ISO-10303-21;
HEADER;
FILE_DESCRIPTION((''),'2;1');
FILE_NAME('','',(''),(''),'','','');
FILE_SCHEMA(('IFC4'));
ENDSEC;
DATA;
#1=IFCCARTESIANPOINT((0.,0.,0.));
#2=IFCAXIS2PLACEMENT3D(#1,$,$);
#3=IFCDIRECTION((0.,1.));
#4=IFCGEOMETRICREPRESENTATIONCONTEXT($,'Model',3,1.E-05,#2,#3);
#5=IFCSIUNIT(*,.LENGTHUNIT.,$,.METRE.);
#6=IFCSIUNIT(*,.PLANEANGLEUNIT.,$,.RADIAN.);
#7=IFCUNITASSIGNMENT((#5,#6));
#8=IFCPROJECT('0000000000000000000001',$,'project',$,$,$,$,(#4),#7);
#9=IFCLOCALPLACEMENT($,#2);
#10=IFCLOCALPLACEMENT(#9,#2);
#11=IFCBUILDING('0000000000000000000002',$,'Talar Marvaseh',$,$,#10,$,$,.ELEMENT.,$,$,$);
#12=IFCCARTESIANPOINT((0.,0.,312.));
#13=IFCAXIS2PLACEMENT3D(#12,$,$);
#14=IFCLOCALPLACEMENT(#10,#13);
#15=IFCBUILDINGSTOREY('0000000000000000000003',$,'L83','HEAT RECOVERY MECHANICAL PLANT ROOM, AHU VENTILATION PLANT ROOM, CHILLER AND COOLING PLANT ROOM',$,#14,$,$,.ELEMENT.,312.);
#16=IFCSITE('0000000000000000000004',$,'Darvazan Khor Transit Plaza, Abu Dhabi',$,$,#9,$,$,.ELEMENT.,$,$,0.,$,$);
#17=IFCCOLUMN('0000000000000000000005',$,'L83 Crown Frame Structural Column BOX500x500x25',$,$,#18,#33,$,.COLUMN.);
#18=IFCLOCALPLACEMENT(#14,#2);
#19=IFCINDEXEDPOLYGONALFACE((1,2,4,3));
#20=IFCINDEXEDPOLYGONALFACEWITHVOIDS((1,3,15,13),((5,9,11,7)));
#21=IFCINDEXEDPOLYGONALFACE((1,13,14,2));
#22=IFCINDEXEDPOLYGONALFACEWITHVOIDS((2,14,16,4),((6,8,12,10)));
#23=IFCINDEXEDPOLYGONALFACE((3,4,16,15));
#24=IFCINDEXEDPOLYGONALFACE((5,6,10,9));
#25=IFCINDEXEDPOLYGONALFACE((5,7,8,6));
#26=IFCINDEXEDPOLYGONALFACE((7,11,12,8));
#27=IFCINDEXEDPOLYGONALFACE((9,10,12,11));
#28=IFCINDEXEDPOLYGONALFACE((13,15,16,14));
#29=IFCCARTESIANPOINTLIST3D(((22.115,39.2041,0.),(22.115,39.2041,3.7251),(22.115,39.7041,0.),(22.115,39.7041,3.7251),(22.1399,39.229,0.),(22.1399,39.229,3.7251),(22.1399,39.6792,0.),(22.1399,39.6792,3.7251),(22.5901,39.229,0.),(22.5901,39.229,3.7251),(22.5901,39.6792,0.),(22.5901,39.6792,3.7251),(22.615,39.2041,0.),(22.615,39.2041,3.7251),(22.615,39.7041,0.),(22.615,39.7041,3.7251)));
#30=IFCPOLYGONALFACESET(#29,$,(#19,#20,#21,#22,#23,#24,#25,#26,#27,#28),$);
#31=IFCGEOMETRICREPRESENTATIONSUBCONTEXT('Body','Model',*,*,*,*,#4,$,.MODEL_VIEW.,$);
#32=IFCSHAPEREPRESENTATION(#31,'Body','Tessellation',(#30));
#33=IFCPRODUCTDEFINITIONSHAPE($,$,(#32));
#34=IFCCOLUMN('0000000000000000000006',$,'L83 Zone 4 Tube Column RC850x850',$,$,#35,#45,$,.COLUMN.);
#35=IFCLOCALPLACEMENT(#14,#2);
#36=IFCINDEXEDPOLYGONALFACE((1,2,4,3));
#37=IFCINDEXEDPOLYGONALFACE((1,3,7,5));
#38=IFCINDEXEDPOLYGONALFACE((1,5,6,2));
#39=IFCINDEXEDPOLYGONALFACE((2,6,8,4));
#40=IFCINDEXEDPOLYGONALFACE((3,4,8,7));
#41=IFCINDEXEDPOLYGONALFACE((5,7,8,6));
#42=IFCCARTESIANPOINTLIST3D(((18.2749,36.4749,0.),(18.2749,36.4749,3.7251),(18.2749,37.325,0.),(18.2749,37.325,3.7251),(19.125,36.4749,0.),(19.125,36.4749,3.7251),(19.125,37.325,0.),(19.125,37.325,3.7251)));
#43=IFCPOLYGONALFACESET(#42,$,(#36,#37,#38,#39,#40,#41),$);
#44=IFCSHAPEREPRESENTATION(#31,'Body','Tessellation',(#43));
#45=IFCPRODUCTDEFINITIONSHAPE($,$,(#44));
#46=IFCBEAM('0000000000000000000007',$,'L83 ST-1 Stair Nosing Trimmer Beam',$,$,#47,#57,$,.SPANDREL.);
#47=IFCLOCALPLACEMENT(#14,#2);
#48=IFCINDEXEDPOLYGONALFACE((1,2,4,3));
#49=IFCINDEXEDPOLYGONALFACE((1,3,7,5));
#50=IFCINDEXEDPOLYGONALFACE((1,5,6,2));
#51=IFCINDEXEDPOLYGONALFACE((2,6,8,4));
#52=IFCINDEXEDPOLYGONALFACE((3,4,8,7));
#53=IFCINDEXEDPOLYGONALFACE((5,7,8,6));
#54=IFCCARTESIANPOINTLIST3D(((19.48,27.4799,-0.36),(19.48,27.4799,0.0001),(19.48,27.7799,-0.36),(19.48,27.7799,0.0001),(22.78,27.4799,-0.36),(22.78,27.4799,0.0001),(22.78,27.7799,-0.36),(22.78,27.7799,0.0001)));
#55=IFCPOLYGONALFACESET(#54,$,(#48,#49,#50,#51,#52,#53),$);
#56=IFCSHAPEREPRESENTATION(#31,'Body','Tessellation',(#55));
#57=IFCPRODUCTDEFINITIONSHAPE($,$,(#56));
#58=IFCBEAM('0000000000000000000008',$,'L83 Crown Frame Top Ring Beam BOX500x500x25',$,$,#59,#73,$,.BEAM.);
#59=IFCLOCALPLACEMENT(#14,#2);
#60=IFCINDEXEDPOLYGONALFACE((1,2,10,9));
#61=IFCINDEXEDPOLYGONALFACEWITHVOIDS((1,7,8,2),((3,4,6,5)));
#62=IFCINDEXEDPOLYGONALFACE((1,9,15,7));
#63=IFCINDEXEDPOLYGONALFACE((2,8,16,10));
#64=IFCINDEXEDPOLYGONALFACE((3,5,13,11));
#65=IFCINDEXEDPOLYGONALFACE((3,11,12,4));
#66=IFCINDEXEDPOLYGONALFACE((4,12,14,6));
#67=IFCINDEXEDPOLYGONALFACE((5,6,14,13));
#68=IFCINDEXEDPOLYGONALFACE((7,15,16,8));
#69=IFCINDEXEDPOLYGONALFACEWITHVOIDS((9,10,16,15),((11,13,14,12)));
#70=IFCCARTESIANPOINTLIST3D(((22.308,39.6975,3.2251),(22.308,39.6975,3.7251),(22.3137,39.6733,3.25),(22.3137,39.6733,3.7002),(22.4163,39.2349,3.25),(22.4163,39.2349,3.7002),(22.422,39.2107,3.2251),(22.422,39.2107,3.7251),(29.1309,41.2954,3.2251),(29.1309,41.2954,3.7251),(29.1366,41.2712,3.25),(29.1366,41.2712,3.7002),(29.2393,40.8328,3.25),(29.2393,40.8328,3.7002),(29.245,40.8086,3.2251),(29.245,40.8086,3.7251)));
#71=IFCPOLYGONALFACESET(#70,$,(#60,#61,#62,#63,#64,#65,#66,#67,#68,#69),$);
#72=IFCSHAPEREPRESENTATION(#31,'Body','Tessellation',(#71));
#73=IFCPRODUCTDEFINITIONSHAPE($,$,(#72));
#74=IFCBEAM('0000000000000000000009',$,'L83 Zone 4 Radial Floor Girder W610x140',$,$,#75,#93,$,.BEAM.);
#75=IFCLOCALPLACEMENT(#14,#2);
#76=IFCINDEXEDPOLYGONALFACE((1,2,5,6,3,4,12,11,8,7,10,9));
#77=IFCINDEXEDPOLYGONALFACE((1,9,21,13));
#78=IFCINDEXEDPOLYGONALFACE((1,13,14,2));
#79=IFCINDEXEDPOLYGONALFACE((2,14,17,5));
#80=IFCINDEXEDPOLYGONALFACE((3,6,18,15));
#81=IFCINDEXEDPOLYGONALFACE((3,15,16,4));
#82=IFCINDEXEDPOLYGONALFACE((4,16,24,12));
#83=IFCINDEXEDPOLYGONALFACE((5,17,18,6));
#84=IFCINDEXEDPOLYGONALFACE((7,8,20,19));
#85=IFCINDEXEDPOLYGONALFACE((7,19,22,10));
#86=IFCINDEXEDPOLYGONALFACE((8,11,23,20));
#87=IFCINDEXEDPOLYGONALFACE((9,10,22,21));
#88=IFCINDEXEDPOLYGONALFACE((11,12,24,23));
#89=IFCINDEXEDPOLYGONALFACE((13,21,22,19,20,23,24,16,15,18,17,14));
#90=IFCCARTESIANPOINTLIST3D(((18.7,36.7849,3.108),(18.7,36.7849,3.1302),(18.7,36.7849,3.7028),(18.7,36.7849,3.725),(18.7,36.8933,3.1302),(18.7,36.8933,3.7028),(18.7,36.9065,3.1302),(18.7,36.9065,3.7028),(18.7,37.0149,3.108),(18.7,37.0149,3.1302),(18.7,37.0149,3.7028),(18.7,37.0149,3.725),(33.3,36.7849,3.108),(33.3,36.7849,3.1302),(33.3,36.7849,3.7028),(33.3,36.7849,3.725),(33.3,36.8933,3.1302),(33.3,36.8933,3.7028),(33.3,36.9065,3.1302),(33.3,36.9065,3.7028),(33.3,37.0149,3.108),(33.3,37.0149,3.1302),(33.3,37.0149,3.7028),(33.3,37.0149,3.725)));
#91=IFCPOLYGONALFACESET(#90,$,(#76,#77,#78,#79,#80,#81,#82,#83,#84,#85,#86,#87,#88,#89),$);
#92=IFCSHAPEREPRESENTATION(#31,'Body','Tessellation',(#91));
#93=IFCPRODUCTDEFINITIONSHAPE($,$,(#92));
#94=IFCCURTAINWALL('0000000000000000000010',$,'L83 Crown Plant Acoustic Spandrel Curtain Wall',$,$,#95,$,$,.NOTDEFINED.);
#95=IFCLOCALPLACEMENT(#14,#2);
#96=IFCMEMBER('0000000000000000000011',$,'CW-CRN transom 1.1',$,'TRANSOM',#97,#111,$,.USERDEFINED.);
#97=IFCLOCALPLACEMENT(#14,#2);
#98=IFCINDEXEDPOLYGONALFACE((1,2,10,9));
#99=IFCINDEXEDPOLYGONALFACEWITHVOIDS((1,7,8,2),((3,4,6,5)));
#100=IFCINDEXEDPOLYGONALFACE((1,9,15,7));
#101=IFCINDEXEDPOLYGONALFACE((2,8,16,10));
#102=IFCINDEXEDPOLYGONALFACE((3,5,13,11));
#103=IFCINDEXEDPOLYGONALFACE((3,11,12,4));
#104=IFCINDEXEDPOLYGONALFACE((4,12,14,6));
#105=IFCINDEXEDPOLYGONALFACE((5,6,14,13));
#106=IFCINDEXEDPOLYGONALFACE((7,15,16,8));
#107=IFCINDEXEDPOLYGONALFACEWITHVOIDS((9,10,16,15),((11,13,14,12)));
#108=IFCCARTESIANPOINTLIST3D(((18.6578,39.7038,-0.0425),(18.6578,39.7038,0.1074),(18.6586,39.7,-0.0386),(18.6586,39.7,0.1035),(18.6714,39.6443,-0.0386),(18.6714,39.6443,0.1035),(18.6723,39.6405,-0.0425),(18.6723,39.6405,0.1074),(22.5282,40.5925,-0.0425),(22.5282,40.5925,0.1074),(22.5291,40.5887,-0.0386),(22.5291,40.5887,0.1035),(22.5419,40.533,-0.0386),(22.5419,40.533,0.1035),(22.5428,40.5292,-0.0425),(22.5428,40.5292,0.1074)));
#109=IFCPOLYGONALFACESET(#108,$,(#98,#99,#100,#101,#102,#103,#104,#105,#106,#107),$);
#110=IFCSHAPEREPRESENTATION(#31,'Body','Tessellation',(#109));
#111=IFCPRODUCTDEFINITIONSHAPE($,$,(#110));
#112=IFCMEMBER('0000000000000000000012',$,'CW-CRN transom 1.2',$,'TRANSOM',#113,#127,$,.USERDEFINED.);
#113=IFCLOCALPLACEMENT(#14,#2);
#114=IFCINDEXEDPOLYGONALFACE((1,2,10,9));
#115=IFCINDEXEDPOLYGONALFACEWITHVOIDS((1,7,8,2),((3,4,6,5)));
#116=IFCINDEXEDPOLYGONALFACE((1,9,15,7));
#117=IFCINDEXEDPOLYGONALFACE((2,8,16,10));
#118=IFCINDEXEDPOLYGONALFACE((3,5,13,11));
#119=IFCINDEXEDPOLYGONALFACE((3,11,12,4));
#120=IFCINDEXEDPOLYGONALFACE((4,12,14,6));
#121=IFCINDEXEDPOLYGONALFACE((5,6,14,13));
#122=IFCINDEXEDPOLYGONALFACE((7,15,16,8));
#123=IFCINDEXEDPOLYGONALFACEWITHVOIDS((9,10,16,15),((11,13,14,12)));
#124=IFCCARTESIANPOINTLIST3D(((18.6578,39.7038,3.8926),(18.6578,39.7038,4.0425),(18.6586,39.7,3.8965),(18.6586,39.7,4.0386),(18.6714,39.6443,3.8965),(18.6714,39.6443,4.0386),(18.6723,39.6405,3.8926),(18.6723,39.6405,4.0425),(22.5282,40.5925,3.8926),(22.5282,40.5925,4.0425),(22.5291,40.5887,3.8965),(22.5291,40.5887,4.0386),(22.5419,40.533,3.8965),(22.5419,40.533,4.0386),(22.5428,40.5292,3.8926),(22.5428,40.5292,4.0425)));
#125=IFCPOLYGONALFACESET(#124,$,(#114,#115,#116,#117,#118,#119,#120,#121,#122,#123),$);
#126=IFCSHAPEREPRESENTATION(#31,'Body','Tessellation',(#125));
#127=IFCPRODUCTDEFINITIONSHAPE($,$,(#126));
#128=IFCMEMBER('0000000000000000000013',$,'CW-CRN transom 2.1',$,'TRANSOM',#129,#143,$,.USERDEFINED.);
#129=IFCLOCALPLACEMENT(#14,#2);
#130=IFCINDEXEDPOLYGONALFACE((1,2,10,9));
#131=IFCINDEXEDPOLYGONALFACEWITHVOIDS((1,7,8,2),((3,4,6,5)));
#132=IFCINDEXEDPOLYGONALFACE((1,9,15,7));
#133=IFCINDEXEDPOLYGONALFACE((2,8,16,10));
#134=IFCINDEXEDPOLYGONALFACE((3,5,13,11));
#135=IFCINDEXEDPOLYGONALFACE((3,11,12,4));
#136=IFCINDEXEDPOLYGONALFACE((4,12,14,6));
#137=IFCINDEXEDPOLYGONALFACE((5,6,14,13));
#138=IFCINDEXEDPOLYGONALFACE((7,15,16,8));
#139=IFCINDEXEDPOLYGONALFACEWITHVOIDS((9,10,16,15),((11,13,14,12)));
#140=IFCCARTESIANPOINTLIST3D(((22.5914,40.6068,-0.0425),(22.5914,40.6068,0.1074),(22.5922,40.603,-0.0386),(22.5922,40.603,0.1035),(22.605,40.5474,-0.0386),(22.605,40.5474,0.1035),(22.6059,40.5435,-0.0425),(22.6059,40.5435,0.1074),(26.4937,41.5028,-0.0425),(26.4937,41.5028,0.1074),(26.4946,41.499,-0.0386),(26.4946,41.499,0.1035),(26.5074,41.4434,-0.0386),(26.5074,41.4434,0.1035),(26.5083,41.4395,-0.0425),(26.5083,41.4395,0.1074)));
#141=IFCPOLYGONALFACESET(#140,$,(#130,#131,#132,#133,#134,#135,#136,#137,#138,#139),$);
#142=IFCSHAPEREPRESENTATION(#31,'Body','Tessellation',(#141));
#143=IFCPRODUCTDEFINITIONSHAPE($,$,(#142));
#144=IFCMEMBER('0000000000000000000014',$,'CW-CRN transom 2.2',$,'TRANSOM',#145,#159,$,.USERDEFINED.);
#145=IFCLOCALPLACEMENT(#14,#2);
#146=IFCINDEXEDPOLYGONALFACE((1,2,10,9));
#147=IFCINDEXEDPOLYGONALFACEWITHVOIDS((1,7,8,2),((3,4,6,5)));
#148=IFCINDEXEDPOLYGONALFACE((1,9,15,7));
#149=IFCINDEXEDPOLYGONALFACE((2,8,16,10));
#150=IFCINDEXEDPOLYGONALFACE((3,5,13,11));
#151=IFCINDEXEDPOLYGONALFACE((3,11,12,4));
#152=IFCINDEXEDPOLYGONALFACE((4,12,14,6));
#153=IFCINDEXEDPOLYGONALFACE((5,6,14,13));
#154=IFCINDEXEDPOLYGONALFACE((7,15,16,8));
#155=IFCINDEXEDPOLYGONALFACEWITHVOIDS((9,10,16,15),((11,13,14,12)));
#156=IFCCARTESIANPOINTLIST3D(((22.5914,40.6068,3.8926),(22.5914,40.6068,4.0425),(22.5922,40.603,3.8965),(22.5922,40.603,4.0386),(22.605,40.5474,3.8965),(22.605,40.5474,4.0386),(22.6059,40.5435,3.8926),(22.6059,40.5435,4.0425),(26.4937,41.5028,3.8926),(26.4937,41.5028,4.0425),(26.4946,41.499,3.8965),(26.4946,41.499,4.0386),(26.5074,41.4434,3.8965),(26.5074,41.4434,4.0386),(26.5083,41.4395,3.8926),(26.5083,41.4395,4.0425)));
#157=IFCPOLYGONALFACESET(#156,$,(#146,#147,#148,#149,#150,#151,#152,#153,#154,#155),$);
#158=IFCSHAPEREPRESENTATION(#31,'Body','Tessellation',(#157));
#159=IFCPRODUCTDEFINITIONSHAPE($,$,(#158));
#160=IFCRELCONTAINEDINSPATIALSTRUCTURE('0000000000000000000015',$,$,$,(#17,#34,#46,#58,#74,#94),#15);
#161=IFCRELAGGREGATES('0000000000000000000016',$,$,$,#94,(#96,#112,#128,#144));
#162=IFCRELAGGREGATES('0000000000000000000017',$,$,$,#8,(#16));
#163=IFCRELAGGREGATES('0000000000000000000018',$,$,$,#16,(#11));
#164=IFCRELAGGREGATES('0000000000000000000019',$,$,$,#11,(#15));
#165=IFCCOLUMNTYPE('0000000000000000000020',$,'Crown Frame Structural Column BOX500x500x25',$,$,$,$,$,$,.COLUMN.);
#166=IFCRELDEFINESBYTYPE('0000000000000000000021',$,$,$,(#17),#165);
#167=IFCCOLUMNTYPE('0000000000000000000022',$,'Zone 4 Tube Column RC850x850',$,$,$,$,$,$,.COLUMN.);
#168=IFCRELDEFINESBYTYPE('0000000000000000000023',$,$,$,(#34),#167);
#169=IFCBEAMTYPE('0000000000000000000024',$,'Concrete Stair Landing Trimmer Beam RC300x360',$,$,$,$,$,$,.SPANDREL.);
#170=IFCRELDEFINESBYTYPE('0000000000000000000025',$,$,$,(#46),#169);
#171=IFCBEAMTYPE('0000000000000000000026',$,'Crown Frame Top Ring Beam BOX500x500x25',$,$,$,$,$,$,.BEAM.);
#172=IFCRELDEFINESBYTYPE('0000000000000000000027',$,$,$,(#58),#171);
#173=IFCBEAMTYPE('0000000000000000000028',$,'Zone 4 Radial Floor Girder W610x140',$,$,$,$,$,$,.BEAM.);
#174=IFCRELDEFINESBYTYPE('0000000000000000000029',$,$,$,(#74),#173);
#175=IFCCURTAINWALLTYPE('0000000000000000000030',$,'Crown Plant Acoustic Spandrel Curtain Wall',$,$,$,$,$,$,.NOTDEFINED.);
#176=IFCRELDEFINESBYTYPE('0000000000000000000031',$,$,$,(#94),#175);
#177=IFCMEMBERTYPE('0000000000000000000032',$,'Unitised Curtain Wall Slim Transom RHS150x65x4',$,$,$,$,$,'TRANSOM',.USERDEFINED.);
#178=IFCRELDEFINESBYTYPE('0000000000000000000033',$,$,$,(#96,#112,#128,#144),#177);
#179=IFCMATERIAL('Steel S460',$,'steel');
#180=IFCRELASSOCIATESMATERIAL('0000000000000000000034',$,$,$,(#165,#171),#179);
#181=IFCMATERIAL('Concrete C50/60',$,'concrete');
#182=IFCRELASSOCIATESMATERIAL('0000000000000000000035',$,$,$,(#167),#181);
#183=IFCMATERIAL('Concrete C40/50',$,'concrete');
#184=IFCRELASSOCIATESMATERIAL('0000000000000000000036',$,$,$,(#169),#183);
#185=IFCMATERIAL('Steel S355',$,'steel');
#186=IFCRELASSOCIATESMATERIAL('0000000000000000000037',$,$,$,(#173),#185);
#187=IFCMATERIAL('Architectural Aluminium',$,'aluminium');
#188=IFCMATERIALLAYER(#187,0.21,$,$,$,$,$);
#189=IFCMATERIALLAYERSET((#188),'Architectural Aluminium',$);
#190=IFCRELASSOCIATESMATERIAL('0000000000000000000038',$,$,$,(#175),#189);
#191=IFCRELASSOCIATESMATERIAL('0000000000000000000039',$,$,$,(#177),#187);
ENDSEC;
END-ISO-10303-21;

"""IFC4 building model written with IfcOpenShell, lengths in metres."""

from ifc_helpers import new_model, si_unit, direction, frame, origin, origin_2d, place, context, subcontext, project, spatial, rectangle, hollow_rectangle, i_section, extrude, source, transform, mapped, material, layer, layer_set, material_profile, profile_set, type_object, type_shapes, element, aggregate, save


model = new_model("IFC4")

# Units and contexts
model_context = context("Model", 3, precision=1e-05, world=origin(), true_north=direction((0.0, 1.0)))
body_context = subcontext(model_context, "Body", "Model", "MODEL_VIEW")
ifc_project = project(units=[si_unit("LENGTHUNIT", "METRE"), si_unit("PLANEANGLEUNIT", "RADIAN")], contexts=[model_context])

# Site, building, storey
site_placement = place(None, origin())
site = spatial("IfcSite", under=ifc_project, at=site_placement, Name="Darvazan Khor Transit Plaza, Abu Dhabi", CompositionType="ELEMENT", RefElevation=0.0)
building_placement = place(site_placement, origin())
building = spatial("IfcBuilding", under=site, at=building_placement, Name="Talar Marvaseh", CompositionType="ELEMENT")
storey_placement = place(building_placement, frame((0.0, 0.0, 312.0)))
storey = spatial("IfcBuildingStorey", under=building, at=storey_placement, Name="L83", Description="HEAT RECOVERY MECHANICAL PLANT ROOM, AHU VENTILATION PLANT ROOM, CHILLER AND COOLING PLANT ROOM", CompositionType="ELEMENT", Elevation=312.0)

# Columns
ifc_material_1 = material(Name="Steel S460", Category="steel")
ifc_material_profile_1 = material_profile(ifc_material_1, hollow_rectangle(XDim=0.5, YDim=0.5, WallThickness=0.0249, at=origin_2d()), Name="BOX500x500x25")
ifc_profile_set_1 = profile_set([ifc_material_profile_1], Name="Steel S460")
column_type_1 = type_object("IfcColumnType", Name="Crown Frame Structural Column BOX500x500x25", PredefinedType="COLUMN", material=ifc_profile_set_1)
column_1_placement = place(storey_placement, frame((22.365, 39.4541, 0.0), z_axis=(0.0, 0.0, 1.0), x_axis=(1.0, 0.0, 0.0)))
element("IfcColumn", 1, at=column_1_placement, inside=storey, type_object=column_type_1, Name="L83 Crown Frame Structural Column BOX500x500x25", PredefinedType="COLUMN", context=body_context, shape_type="SweptSolid", body=[
    extrude(hollow_rectangle(XDim=0.5, YDim=0.5, WallThickness=0.0249, at=origin_2d()), origin(), (0.0, 0.0, 1.0), 3.7251),
])
ifc_material_2 = material(Name="Concrete C50/60", Category="concrete")
ifc_material_profile_2 = material_profile(ifc_material_2, rectangle(XDim=0.8501, YDim=0.8501, at=origin_2d()), Name="RC850x850")
ifc_profile_set_2 = profile_set([ifc_material_profile_2], Name="Concrete C50/60")
column_type_2 = type_object("IfcColumnType", Name="Zone 4 Tube Column RC850x850", PredefinedType="COLUMN", material=ifc_profile_set_2)
column_2_placement = place(storey_placement, frame((18.7, 36.8999, 0.0), z_axis=(0.0, 0.0, 1.0), x_axis=(1.0, 0.0, 0.0)))
element("IfcColumn", 2, at=column_2_placement, inside=storey, type_object=column_type_2, Name="L83 Zone 4 Tube Column RC850x850", PredefinedType="COLUMN", context=body_context, shape_type="SweptSolid", body=[
    extrude(rectangle(XDim=0.8501, YDim=0.8501, at=origin_2d()), origin(), (0.0, 0.0, 1.0), 3.7251),
])

# Beams
ifc_material_3 = material(Name="Concrete C40/50", Category="concrete")
ifc_material_profile_3 = material_profile(ifc_material_3, rectangle(XDim=0.3, YDim=0.3601, at=origin_2d()), Name="RC300x360")
ifc_profile_set_3 = profile_set([ifc_material_profile_3], Name="Concrete C40/50")
beam_type_1 = type_object("IfcBeamType", Name="Concrete Stair Landing Trimmer Beam RC300x360", PredefinedType="SPANDREL", material=ifc_profile_set_3)
beam_1_placement = place(storey_placement, frame((22.78, 27.6299, -0.1799), z_axis=(-1.0, 0.0, 0.0), x_axis=(0.0, -1.0, 0.0)))
element("IfcBeam", 3, at=beam_1_placement, inside=storey, type_object=beam_type_1, Name="L83 ST-1 Stair Nosing Trimmer Beam", PredefinedType="SPANDREL", context=body_context, shape_type="SweptSolid", body=[
    extrude(rectangle(XDim=0.3, YDim=0.3601, at=origin_2d()), origin(), (0.0, 0.0, 1.0), 3.3),
])
ifc_material_profile_4 = material_profile(ifc_material_1, hollow_rectangle(XDim=0.5, YDim=0.5, WallThickness=0.0249, at=origin_2d()), Name="BOX500x500x25")
ifc_profile_set_4 = profile_set([ifc_material_profile_4], Name="Steel S460")
beam_type_2 = type_object("IfcBeamType", Name="Crown Frame Top Ring Beam BOX500x500x25", PredefinedType="BEAM", material=ifc_profile_set_4)
beam_2_placement = place(storey_placement, frame((22.365, 39.4541, 3.4751), z_axis=(0.973656, 0.228024, 0.0), x_axis=(-0.228024, 0.973656, 0.0)))
element("IfcBeam", 4, at=beam_2_placement, inside=storey, type_object=beam_type_2, Name="L83 Crown Frame Top Ring Beam BOX500x500x25", PredefinedType="BEAM", context=body_context, shape_type="SweptSolid", body=[
    extrude(hollow_rectangle(XDim=0.5, YDim=0.5, WallThickness=0.0249, at=origin_2d()), origin(), (0.0, 0.0, 1.0), 7.0076),
])
ifc_material_4 = material(Name="Steel S355", Category="steel")
ifc_material_profile_5 = material_profile(ifc_material_4, i_section(OverallWidth=0.23, OverallDepth=0.6169, WebThickness=0.0132, FlangeThickness=0.0222, at=origin_2d()), Name="W610x140")
ifc_profile_set_5 = profile_set([ifc_material_profile_5], Name="Steel S355")
beam_type_3 = type_object("IfcBeamType", Name="Zone 4 Radial Floor Girder W610x140", PredefinedType="BEAM", material=ifc_profile_set_5)
beam_3_placement = place(storey_placement, frame((18.7, 36.8999, 3.4165), z_axis=(1.0, 0.0, 0.0), x_axis=(0.0, 1.0, 0.0)))
element("IfcBeam", 5, at=beam_3_placement, inside=storey, type_object=beam_type_3, Name="L83 Zone 4 Radial Floor Girder W610x140", PredefinedType="BEAM", context=body_context, shape_type="SweptSolid", body=[
    extrude(i_section(OverallWidth=0.23, OverallDepth=0.6169, WebThickness=0.0132, FlangeThickness=0.0222, at=origin_2d()), origin(), (0.0, 0.0, 1.0), 14.6001),
])

# Curtain wall, members
ifc_material_5 = material(Name="Architectural Aluminium", Category="aluminium")
ifc_layer_1 = layer(ifc_material_5, 0.21)
ifc_layer_set_1 = layer_set([ifc_layer_1], Name="Architectural Aluminium")
curtain_wall_type = type_object("IfcCurtainWallType", Name="Crown Plant Acoustic Spandrel Curtain Wall", PredefinedType="NOTDEFINED", material=ifc_layer_set_1)
curtain_wall_1_placement = place(storey_placement, origin())
curtain_wall_1 = element("IfcCurtainWall", 6, at=curtain_wall_1_placement, inside=storey, type_object=curtain_wall_type, Name="L83 Crown Plant Acoustic Spandrel Curtain Wall", PredefinedType="NOTDEFINED")
ifc_material_profile_6 = material_profile(ifc_material_5, hollow_rectangle(XDim=0.0649, YDim=0.1499, WallThickness=0.0039, at=origin_2d()), Name="RHS150x65x4")
ifc_profile_set_6 = profile_set([ifc_material_profile_6], Name="Architectural Aluminium")
member_type_1 = type_object("IfcMemberType", Name="Unitised Curtain Wall Slim Transom RHS150x65x4", ElementType="TRANSOM", PredefinedType="USERDEFINED", material=ifc_profile_set_6)
shared_shape_1 = source(origin(), body_context, "Body", "SweptSolid", [
    extrude(hollow_rectangle(XDim=0.0649, YDim=0.1499, WallThickness=0.0039, at=origin_2d()), origin(), (0.0, 0.0, 1.0), 3.9712),
])
member_1_placement = place(storey_placement, frame((18.665, 39.6721, 0.0325), z_axis=(0.974638, 0.223786, 0.0), x_axis=(-0.223786, 0.974638, 0.0)))
member_1 = element("IfcMember", 7, at=member_1_placement, type_object=member_type_1, Name="CW-CRN transom 1.1", ObjectType="TRANSOM", PredefinedType="USERDEFINED", context=body_context, shape_type="MappedRepresentation", body=[
    mapped(shared_shape_1, transform((0.0, 0.0, 0.0), x_axis=(1.0, 0.0, 0.0), y_axis=(0.0, 1.0, 0.0), z_axis=(0.0, 0.0, 1.0), scale=1.0)),
])
member_2_placement = place(storey_placement, frame((18.665, 39.6721, 3.9675), z_axis=(0.974638, 0.223786, 0.0), x_axis=(-0.223786, 0.974638, 0.0)))
member_2 = element("IfcMember", 8, at=member_2_placement, type_object=member_type_1, Name="CW-CRN transom 1.2", ObjectType="TRANSOM", PredefinedType="USERDEFINED", context=body_context, shape_type="MappedRepresentation", body=[
    mapped(shared_shape_1, transform((0.0, 0.0, 0.0), x_axis=(1.0, 0.0, 0.0), y_axis=(0.0, 1.0, 0.0), z_axis=(0.0, 0.0, 1.0), scale=1.0)),
])
shared_shape_2 = source(origin(), body_context, "Body", "SweptSolid", [
    extrude(hollow_rectangle(XDim=0.0649, YDim=0.1499, WallThickness=0.0039, at=origin_2d()), origin(), (0.0, 0.0, 1.0), 4.0039),
])
type_shapes(member_type_1, [shared_shape_1, shared_shape_2])
member_3_placement = place(storey_placement, frame((22.5986, 40.5752, 0.0325), z_axis=(0.974639, 0.223782, 0.0), x_axis=(-0.223782, 0.974639, 0.0)))
member_3 = element("IfcMember", 9, at=member_3_placement, type_object=member_type_1, Name="CW-CRN transom 2.1", ObjectType="TRANSOM", PredefinedType="USERDEFINED", context=body_context, shape_type="MappedRepresentation", body=[
    mapped(shared_shape_2, transform((0.0, 0.0, 0.0), x_axis=(1.0, 0.0, 0.0), y_axis=(0.0, 1.0, 0.0), z_axis=(0.0, 0.0, 1.0), scale=1.0)),
])
member_4_placement = place(storey_placement, frame((22.5986, 40.5752, 3.9675), z_axis=(0.974639, 0.223782, 0.0), x_axis=(-0.223782, 0.974639, 0.0)))
member_4 = element("IfcMember", 10, at=member_4_placement, type_object=member_type_1, Name="CW-CRN transom 2.2", ObjectType="TRANSOM", PredefinedType="USERDEFINED", context=body_context, shape_type="MappedRepresentation", body=[
    mapped(shared_shape_2, transform((0.0, 0.0, 0.0), x_axis=(1.0, 0.0, 0.0), y_axis=(0.0, 1.0, 0.0), z_axis=(0.0, 0.0, 1.0), scale=1.0)),
])

aggregate(curtain_wall_1, [member_1, member_2, member_3, member_4])

save(model, "model.ifc")
